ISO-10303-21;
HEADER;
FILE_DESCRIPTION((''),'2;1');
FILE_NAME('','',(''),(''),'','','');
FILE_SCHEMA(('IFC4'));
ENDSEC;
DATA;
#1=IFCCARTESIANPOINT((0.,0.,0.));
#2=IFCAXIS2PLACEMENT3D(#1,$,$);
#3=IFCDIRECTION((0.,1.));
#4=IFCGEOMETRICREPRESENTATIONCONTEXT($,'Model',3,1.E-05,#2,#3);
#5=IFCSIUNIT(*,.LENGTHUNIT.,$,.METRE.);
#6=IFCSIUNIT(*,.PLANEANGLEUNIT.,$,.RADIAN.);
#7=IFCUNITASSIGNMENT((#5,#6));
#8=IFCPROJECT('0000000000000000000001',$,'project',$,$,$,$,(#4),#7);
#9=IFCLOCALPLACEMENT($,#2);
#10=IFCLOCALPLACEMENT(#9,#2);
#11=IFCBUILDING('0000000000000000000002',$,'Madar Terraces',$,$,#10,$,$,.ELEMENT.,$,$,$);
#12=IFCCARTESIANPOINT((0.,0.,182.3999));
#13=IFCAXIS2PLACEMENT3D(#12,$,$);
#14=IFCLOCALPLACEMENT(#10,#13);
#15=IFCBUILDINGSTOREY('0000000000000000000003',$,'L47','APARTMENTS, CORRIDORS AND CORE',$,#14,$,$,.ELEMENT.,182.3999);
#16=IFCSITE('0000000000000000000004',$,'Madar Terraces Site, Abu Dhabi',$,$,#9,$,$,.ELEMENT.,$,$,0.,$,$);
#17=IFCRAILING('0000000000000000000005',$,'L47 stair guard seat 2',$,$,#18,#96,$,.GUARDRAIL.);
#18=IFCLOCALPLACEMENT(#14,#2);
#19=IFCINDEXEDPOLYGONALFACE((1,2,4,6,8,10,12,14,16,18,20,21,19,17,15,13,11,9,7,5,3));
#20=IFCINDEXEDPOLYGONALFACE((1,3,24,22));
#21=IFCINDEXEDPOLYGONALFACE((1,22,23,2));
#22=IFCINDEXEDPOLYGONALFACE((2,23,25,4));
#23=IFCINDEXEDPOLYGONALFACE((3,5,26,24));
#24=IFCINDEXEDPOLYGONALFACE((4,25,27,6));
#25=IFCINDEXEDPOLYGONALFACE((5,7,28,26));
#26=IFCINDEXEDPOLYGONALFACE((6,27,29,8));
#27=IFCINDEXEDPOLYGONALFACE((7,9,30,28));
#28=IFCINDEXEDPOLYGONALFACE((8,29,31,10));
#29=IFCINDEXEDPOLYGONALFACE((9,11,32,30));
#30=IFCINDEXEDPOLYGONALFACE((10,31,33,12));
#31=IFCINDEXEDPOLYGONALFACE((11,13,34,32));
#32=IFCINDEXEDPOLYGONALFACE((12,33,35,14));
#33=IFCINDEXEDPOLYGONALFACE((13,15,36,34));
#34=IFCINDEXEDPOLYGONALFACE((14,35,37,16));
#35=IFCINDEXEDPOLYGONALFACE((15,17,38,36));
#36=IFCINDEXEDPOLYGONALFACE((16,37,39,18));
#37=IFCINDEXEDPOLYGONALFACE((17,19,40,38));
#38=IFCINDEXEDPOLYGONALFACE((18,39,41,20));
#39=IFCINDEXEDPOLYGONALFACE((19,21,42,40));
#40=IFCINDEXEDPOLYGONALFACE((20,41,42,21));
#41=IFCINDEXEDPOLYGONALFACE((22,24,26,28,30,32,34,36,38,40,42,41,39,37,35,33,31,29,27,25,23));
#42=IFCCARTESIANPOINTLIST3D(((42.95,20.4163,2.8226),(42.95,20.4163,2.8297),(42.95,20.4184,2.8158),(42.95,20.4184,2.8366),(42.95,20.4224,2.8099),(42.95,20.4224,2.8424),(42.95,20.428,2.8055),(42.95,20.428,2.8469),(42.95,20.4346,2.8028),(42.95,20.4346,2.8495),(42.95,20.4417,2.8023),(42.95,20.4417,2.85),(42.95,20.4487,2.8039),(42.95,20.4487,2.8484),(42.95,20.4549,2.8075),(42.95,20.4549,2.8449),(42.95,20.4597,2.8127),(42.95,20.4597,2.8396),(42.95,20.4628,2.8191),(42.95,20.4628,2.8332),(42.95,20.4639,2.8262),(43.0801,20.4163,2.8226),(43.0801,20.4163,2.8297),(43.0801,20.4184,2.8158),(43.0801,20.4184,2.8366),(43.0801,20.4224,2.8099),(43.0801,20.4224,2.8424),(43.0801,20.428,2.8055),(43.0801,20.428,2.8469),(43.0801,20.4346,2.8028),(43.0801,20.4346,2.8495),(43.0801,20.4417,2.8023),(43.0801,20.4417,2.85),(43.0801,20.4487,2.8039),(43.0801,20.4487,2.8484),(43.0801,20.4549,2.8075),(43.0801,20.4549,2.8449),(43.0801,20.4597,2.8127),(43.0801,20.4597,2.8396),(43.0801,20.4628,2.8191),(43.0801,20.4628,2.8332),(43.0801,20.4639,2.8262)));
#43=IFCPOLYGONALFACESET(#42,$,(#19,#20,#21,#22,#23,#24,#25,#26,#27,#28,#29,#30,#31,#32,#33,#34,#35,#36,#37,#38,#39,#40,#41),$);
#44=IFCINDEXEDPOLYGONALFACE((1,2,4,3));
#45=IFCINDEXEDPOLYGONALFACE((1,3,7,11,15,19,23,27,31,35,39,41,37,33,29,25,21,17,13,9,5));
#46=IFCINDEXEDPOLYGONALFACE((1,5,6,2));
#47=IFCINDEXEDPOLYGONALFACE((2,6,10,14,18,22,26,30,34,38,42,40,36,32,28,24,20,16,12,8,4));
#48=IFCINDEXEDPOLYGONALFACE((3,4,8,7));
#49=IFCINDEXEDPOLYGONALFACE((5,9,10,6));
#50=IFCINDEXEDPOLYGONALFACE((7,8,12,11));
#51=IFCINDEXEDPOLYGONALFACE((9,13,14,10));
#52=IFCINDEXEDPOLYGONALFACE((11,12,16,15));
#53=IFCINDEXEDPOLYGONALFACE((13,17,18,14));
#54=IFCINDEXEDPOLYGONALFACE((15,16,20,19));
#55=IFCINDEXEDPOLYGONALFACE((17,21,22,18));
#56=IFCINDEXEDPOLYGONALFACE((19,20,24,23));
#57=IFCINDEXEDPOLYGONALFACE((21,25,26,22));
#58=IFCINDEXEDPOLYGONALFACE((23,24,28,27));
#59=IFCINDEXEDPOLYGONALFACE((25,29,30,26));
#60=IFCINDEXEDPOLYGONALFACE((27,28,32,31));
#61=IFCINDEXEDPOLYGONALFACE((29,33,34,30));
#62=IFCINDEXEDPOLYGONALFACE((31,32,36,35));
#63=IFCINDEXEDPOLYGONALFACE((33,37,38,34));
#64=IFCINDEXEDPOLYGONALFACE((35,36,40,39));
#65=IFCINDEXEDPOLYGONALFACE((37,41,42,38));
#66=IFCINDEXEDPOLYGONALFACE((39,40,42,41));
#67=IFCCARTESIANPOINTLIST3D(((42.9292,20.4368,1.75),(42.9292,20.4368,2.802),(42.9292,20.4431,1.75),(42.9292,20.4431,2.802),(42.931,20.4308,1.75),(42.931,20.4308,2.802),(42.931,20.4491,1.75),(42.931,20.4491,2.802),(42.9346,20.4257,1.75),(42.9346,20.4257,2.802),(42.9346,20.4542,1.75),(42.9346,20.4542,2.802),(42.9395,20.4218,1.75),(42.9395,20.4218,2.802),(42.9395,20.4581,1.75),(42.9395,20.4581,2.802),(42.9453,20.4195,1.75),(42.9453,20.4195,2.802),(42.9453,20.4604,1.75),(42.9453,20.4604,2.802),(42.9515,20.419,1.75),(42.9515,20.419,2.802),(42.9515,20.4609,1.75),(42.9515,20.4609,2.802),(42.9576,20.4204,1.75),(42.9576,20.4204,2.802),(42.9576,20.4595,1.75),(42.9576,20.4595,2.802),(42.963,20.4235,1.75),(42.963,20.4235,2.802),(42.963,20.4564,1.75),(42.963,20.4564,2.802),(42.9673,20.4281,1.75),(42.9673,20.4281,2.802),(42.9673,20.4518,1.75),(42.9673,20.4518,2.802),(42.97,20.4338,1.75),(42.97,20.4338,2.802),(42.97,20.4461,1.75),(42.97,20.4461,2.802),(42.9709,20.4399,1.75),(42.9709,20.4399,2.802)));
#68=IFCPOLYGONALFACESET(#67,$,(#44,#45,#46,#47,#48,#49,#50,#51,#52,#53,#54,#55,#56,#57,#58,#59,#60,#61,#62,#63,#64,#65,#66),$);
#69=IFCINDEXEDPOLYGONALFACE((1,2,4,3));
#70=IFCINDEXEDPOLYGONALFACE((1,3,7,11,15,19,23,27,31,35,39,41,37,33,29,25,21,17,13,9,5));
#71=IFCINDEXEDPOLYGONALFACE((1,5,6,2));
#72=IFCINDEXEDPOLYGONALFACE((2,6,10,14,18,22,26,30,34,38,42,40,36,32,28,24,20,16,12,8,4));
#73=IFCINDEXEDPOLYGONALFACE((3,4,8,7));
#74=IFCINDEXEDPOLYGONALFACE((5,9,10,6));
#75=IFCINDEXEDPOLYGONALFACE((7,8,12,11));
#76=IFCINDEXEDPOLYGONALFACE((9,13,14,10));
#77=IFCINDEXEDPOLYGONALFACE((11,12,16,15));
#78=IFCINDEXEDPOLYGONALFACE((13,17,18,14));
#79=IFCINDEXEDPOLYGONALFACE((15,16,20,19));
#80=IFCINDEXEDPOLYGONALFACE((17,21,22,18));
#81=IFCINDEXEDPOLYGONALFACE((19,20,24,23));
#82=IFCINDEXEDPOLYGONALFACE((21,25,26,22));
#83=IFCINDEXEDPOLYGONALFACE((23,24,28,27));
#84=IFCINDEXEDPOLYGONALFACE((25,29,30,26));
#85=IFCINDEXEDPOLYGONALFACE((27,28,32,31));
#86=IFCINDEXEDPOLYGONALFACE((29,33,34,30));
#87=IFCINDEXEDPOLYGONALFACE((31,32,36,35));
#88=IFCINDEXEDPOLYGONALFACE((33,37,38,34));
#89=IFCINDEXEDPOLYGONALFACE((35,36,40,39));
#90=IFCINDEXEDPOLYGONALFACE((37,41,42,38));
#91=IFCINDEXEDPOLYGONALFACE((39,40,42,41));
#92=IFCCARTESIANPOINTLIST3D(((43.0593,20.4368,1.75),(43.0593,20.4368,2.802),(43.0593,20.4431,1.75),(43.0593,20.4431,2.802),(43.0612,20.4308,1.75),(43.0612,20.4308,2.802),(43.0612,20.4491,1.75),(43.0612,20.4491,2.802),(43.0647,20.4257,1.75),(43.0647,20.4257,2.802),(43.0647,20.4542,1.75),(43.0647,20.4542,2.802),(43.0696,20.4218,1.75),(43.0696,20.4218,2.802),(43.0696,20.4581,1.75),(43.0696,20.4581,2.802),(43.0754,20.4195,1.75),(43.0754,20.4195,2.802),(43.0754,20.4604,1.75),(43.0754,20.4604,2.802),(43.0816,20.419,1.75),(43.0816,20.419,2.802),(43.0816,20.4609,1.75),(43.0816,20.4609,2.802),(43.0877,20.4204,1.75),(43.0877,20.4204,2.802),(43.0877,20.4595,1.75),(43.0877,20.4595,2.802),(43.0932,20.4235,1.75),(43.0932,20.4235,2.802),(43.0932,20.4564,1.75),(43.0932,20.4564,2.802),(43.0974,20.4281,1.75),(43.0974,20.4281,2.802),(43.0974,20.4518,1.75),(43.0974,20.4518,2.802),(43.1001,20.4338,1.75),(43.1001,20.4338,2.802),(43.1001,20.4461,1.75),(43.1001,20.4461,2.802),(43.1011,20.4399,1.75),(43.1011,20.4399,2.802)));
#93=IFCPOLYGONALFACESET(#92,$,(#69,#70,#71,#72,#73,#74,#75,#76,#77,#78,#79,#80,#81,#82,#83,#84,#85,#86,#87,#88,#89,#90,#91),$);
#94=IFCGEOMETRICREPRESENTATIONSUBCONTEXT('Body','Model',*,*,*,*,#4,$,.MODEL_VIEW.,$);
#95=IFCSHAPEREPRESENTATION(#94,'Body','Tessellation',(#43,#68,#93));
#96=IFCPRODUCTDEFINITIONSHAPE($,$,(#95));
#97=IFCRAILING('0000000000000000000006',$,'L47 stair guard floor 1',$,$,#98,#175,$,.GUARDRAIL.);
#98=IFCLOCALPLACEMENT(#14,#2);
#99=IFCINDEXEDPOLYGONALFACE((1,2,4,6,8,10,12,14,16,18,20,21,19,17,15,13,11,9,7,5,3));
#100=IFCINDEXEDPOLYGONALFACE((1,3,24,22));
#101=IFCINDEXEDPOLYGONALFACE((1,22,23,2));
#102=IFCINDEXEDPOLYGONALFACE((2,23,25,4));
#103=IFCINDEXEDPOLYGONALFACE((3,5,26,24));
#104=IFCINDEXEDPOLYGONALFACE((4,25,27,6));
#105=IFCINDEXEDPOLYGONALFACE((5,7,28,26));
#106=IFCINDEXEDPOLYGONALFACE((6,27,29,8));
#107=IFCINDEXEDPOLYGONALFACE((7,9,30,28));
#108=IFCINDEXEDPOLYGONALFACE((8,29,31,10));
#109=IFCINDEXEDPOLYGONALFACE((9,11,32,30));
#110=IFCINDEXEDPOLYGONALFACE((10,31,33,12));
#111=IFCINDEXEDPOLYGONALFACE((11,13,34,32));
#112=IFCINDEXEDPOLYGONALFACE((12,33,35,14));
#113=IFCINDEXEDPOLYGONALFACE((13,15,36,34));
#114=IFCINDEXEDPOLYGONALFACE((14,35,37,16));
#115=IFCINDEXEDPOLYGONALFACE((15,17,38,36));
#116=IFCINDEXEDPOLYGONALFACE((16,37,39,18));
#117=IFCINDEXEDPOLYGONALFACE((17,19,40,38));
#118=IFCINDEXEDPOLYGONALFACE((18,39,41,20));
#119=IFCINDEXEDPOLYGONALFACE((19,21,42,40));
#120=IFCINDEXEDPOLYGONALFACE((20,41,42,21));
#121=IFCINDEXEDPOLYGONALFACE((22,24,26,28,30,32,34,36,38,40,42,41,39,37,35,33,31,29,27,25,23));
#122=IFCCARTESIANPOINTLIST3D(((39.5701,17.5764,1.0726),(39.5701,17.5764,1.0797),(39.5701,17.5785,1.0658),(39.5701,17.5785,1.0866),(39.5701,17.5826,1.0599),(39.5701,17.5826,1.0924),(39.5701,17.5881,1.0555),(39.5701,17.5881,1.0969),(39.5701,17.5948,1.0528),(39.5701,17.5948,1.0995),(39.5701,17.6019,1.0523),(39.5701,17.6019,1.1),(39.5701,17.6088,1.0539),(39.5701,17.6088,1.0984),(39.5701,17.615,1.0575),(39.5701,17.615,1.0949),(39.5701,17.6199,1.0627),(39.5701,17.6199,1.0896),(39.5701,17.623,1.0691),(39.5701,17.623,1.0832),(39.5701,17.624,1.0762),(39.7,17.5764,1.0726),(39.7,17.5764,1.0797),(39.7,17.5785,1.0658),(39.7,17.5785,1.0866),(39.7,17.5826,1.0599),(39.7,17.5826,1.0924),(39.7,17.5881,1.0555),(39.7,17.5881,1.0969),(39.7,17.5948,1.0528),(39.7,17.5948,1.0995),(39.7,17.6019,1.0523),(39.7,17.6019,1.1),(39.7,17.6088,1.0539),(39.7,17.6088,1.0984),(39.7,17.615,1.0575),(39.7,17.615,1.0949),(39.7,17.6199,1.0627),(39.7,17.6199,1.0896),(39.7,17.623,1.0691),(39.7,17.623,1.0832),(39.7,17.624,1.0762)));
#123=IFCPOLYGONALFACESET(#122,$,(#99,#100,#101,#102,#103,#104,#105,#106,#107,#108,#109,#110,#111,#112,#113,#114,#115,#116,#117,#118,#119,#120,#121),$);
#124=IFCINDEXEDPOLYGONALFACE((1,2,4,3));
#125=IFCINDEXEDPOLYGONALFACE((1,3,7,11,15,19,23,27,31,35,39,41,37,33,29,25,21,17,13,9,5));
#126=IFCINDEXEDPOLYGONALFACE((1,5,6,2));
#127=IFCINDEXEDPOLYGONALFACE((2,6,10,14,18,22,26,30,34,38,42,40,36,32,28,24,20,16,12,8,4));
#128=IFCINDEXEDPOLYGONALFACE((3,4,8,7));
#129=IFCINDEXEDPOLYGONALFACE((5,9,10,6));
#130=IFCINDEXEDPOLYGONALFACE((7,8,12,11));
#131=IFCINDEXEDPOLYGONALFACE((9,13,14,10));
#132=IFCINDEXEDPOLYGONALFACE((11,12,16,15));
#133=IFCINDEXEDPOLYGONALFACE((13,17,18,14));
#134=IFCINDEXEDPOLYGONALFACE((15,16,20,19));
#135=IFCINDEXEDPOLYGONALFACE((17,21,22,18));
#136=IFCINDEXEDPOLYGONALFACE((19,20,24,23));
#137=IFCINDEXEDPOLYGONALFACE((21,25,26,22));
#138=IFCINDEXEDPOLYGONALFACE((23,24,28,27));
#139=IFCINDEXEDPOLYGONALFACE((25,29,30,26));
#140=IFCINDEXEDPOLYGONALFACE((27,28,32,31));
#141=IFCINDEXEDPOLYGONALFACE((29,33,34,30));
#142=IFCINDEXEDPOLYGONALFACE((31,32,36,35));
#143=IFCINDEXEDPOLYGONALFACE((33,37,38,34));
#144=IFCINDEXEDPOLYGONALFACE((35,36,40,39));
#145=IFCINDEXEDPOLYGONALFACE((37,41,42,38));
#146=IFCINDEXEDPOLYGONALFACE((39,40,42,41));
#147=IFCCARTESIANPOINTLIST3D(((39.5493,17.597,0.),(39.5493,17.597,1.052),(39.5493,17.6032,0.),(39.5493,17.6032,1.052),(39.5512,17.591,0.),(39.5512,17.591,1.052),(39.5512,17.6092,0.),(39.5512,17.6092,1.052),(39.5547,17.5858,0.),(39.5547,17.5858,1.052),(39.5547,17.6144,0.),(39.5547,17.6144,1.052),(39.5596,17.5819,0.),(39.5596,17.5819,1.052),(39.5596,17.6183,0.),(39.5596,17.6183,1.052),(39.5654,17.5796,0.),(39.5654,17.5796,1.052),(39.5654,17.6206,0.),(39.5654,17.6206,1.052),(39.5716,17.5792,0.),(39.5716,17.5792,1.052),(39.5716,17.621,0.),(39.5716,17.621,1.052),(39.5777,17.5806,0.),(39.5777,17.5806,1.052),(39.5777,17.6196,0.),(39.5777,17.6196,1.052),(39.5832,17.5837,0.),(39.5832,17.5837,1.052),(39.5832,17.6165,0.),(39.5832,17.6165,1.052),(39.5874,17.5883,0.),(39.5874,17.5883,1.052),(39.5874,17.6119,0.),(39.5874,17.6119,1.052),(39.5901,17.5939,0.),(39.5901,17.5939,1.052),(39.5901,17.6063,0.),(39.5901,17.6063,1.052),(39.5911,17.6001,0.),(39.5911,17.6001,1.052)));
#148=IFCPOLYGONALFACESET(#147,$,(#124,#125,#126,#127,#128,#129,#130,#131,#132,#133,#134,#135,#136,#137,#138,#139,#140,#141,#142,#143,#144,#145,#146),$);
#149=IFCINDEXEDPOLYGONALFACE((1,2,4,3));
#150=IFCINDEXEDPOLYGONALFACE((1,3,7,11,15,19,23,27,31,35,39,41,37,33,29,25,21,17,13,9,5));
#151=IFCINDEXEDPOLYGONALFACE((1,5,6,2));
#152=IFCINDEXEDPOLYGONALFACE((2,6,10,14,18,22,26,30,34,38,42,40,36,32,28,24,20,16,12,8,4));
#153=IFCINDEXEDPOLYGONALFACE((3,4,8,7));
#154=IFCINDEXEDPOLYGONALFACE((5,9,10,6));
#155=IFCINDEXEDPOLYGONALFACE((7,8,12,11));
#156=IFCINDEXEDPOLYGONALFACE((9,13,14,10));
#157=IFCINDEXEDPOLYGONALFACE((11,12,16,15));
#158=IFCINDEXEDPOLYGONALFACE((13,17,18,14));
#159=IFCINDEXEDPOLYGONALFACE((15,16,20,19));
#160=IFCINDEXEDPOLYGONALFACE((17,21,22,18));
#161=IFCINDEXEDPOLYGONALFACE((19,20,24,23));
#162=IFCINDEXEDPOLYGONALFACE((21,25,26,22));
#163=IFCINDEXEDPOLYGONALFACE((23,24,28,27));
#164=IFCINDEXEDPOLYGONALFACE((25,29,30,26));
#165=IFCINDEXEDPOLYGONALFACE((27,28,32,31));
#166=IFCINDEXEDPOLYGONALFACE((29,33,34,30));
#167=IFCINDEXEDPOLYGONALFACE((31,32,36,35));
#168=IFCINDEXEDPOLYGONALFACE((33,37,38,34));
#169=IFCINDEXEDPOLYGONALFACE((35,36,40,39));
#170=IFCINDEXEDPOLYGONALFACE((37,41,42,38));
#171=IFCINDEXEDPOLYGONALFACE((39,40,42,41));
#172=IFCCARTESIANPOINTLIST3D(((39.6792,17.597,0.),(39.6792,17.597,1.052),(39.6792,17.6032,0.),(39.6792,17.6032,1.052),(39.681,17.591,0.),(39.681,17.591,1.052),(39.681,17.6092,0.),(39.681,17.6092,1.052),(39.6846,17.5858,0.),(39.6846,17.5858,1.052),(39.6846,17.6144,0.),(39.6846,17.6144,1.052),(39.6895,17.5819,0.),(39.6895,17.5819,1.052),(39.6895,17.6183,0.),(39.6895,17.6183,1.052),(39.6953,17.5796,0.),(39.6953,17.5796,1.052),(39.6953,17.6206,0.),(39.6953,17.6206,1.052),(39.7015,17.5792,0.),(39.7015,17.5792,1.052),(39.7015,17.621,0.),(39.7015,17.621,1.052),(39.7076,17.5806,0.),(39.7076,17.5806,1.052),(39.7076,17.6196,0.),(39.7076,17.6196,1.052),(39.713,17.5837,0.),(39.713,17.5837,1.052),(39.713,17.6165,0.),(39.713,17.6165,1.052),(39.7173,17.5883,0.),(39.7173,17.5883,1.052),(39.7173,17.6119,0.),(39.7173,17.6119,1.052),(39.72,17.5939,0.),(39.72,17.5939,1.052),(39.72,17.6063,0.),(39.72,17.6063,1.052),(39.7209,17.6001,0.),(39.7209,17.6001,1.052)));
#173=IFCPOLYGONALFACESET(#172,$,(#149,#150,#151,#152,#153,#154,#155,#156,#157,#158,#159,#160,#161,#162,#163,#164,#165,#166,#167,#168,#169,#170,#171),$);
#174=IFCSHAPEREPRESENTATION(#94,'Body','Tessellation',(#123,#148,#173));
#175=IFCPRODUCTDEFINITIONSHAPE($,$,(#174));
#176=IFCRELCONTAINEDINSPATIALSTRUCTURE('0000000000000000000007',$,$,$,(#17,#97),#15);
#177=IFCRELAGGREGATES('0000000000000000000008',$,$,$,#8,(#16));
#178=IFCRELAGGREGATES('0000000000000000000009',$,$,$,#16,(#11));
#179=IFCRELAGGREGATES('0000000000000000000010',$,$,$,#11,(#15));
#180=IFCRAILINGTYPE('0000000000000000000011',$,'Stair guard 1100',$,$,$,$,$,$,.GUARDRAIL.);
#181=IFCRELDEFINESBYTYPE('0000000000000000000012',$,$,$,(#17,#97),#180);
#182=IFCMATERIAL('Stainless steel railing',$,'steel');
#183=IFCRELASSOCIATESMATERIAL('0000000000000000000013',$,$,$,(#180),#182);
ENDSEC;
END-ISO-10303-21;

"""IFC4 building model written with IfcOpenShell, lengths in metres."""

from ifc_helpers import new_model, si_unit, direction, frame, origin, origin_2d, place, context, subcontext, project, spatial, circle, extrude, material, type_object, element, save


model = new_model("IFC4")

# Units and contexts
model_context = context("Model", 3, precision=1e-05, world=origin(), true_north=direction((0.0, 1.0)))
body_context = subcontext(model_context, "Body", "Model", "MODEL_VIEW")
ifc_project = project(units=[si_unit("LENGTHUNIT", "METRE"), si_unit("PLANEANGLEUNIT", "RADIAN")], contexts=[model_context])

# Site, building, storey
site_placement = place(None, origin())
site = spatial("IfcSite", under=ifc_project, at=site_placement, Name="Madar Terraces Site, Abu Dhabi", CompositionType="ELEMENT", RefElevation=0.0)
building_placement = place(site_placement, origin())
building = spatial("IfcBuilding", under=site, at=building_placement, Name="Madar Terraces", CompositionType="ELEMENT")
storey_placement = place(building_placement, frame((0.0, 0.0, 182.3999)))
storey = spatial("IfcBuildingStorey", under=building, at=storey_placement, Name="L47", Description="APARTMENTS, CORRIDORS AND CORE", CompositionType="ELEMENT", Elevation=182.3999)

# Railings
ifc_material_1 = material(Name="Stainless steel railing", Category="steel")
railing_type_1 = type_object("IfcRailingType", Name="Stair guard 1100", PredefinedType="GUARDRAIL", material=ifc_material_1)
railing_1_placement = place(storey_placement, frame((42.95, 20.4399, 1.75)))
element("IfcRailing", 1, at=railing_1_placement, inside=storey, type_object=railing_type_1, Name="L47 stair guard seat 2", PredefinedType="GUARDRAIL", context=body_context, shape_type="SweptSolid", body=[
    extrude(circle(Radius=0.0239, at=origin_2d()), frame((0.0, 0.0, 1.0762), z_axis=(1.0, 0.0, 0.0), x_axis=(0.0, 1.0, 0.0)), (0.0, 0.0, 1.0), 0.1301),
    extrude(circle(Radius=0.021, at=origin_2d()), origin(), (0.0, 0.0, 1.0), 1.052),
    extrude(circle(Radius=0.021, at=origin_2d()), frame((0.1301, 0.0, 0.0)), (0.0, 0.0, 1.0), 1.052),
])
railing_2_placement = place(storey_placement, frame((39.5701, 17.6001, 0.0)))
element("IfcRailing", 2, at=railing_2_placement, inside=storey, type_object=railing_type_1, Name="L47 stair guard floor 1", PredefinedType="GUARDRAIL", context=body_context, shape_type="SweptSolid", body=[
    extrude(circle(Radius=0.0239, at=origin_2d()), frame((0.0, 0.0, 1.0762), z_axis=(1.0, 0.0, 0.0), x_axis=(0.0, 1.0, 0.0)), (0.0, 0.0, 1.0), 0.1299),
    extrude(circle(Radius=0.021, at=origin_2d()), origin(), (0.0, 0.0, 1.0), 1.052),
    extrude(circle(Radius=0.021, at=origin_2d()), frame((0.1299, 0.0, 0.0)), (0.0, 0.0, 1.0), 1.052),
])

save(model, "model.ifc")
